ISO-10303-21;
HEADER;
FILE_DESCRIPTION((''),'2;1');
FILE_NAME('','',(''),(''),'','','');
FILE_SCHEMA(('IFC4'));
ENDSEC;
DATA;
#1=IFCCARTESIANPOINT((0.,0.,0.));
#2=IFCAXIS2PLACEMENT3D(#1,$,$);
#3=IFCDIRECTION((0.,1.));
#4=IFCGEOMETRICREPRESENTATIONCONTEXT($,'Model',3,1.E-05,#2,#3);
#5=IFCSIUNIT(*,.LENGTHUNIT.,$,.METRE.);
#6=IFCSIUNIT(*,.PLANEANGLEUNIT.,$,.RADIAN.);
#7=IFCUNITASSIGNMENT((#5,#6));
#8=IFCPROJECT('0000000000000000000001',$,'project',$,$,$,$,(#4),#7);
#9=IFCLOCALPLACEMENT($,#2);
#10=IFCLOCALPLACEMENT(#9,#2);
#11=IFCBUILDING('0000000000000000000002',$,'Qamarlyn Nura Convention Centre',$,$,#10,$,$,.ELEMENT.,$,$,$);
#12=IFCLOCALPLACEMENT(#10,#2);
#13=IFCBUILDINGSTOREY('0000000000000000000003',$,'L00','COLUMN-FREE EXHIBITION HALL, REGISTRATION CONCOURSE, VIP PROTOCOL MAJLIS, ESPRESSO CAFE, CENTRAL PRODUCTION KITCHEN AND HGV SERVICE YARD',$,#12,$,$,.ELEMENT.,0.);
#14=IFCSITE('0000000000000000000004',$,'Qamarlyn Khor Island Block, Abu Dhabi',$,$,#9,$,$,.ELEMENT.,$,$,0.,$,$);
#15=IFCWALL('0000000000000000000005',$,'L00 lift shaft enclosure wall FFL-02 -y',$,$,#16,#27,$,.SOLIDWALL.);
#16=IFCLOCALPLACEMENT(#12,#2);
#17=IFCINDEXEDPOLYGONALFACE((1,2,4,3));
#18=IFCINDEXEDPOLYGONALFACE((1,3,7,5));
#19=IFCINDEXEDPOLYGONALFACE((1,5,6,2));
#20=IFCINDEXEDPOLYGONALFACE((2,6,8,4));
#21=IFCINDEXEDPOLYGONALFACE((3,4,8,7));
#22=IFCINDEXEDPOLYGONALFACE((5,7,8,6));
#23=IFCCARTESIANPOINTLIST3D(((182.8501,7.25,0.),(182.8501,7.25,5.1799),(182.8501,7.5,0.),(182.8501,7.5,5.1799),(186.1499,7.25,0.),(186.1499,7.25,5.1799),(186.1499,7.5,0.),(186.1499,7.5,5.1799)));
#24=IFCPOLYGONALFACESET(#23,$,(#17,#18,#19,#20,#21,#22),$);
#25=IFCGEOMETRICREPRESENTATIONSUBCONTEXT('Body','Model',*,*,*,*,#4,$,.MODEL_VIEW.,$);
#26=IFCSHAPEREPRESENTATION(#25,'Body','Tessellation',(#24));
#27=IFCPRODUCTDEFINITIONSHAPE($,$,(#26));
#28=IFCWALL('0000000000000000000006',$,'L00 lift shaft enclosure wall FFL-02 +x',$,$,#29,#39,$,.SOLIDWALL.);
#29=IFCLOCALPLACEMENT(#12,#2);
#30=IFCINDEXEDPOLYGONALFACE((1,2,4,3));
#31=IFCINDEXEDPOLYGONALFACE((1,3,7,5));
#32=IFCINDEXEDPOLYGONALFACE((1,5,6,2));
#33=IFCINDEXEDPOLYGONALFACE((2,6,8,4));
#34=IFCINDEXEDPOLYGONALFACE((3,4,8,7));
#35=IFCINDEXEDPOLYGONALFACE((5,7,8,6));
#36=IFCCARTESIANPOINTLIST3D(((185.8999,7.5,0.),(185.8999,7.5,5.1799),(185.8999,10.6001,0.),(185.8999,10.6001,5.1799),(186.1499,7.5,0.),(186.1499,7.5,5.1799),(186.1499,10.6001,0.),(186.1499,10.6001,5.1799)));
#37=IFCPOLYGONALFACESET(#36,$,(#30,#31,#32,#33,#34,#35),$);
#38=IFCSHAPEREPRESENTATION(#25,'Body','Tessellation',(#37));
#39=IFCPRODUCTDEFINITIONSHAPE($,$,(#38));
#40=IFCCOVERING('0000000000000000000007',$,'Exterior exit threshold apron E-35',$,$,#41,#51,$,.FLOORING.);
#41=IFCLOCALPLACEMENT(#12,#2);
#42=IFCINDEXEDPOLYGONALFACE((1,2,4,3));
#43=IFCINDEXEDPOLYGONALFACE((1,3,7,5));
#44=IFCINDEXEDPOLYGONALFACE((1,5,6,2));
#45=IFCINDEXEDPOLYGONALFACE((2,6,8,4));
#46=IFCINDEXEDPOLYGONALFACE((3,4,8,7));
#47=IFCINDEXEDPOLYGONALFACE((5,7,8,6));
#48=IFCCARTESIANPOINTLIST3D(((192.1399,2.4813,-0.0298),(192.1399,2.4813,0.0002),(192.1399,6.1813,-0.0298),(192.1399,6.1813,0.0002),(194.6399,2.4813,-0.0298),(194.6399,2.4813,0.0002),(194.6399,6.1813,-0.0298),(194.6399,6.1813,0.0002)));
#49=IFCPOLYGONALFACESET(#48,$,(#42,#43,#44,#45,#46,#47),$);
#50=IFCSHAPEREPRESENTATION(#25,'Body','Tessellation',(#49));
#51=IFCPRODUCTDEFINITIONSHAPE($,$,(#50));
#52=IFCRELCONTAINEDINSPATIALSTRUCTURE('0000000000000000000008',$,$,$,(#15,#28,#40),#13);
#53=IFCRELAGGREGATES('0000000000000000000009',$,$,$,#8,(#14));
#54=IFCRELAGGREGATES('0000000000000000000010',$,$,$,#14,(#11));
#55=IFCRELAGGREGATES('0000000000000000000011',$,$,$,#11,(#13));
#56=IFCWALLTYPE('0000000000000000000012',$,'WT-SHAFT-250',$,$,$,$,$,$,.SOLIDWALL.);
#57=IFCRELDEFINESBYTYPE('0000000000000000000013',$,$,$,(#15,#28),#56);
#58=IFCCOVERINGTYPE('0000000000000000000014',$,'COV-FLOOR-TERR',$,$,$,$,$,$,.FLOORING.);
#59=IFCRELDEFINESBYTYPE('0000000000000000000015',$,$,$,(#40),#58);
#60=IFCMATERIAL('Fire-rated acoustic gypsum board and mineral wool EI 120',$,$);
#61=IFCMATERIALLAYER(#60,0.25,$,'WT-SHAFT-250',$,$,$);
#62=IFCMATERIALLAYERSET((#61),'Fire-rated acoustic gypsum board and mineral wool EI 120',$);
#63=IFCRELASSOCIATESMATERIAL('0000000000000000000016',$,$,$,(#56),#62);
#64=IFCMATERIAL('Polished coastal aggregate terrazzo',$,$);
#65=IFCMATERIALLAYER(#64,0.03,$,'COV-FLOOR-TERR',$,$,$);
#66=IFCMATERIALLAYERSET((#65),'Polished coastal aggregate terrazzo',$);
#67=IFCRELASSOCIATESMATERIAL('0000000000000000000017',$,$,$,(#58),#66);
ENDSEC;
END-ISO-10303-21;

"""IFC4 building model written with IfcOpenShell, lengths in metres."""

from ifc_helpers import new_model, si_unit, direction, frame, frame_2d, origin, origin_2d, place, context, subcontext, project, spatial, rectangle, extrude, material, layer, layer_set, type_object, element, save


model = new_model("IFC4")

# Units and contexts
model_context = context("Model", 3, precision=1e-05, world=origin(), true_north=direction((0.0, 1.0)))
body_context = subcontext(model_context, "Body", "Model", "MODEL_VIEW")
ifc_project = project(units=[si_unit("LENGTHUNIT", "METRE"), si_unit("PLANEANGLEUNIT", "RADIAN")], contexts=[model_context])

# Site, building, storey
site_placement = place(None, origin())
site = spatial("IfcSite", under=ifc_project, at=site_placement, Name="Qamarlyn Khor Island Block, Abu Dhabi", CompositionType="ELEMENT", RefElevation=0.0)
building_placement = place(site_placement, origin())
building = spatial("IfcBuilding", under=site, at=building_placement, Name="Qamarlyn Nura Convention Centre", CompositionType="ELEMENT")
storey_placement = place(building_placement, origin())
storey = spatial("IfcBuildingStorey", under=building, at=storey_placement, Name="L00", Description="COLUMN-FREE EXHIBITION HALL, REGISTRATION CONCOURSE, VIP PROTOCOL MAJLIS, ESPRESSO CAFE, CENTRAL PRODUCTION KITCHEN AND HGV SERVICE YARD", CompositionType="ELEMENT", Elevation=0.0)

# Walls
ifc_material_1 = material(Name="Fire-rated acoustic gypsum board and mineral wool EI 120")
ifc_layer_1 = layer(ifc_material_1, 0.25, Name="WT-SHAFT-250")
ifc_layer_set_1 = layer_set([ifc_layer_1], Name="Fire-rated acoustic gypsum board and mineral wool EI 120")
wall_type_1 = type_object("IfcWallType", Name="WT-SHAFT-250", PredefinedType="SOLIDWALL", material=ifc_layer_set_1)
wall_1_placement = place(storey_placement, frame((182.8501, 7.375, 0.0), z_axis=(0.0, 0.0, 1.0), x_axis=(1.0, 0.0, 0.0)))
element("IfcWall", 1, at=wall_1_placement, inside=storey, type_object=wall_type_1, Name="L00 lift shaft enclosure wall FFL-02 -y", PredefinedType="SOLIDWALL", context=body_context, shape_type="SweptSolid", body=[
    extrude(rectangle(XDim=3.2998, YDim=0.25, at=frame_2d((1.6499, 0.0))), origin(), (0.0, 0.0, 1.0), 5.1799),
])
wall_2_placement = place(storey_placement, frame((186.0249, 7.5, 0.0), z_axis=(0.0, 0.0, 1.0), x_axis=(0.0, 1.0, 0.0)))
element("IfcWall", 2, at=wall_2_placement, inside=storey, type_object=wall_type_1, Name="L00 lift shaft enclosure wall FFL-02 +x", PredefinedType="SOLIDWALL", context=body_context, shape_type="SweptSolid", body=[
    extrude(rectangle(XDim=3.1001, YDim=0.25, at=frame_2d((1.55, 0.0))), origin(), (0.0, 0.0, 1.0), 5.1799),
])

# Covering
ifc_material_2 = material(Name="Polished coastal aggregate terrazzo")
ifc_layer_2 = layer(ifc_material_2, 0.03, Name="COV-FLOOR-TERR")
ifc_layer_set_2 = layer_set([ifc_layer_2], Name="Polished coastal aggregate terrazzo")
covering_type = type_object("IfcCoveringType", Name="COV-FLOOR-TERR", PredefinedType="FLOORING", material=ifc_layer_set_2)
covering_placement = place(storey_placement, frame((193.3899, 4.3313, -0.0298), z_axis=(0.0, 0.0, 1.0), x_axis=(0.0, -1.0, 0.0)))
element("IfcCovering", 3, at=covering_placement, inside=storey, type_object=covering_type, Name="Exterior exit threshold apron E-35", PredefinedType="FLOORING", context=body_context, shape_type="SweptSolid", body=[
    extrude(rectangle(XDim=3.7, YDim=2.5, at=origin_2d()), origin(), (0.0, 0.0, 1.0), 0.03),
])

save(model, "model.ifc")
